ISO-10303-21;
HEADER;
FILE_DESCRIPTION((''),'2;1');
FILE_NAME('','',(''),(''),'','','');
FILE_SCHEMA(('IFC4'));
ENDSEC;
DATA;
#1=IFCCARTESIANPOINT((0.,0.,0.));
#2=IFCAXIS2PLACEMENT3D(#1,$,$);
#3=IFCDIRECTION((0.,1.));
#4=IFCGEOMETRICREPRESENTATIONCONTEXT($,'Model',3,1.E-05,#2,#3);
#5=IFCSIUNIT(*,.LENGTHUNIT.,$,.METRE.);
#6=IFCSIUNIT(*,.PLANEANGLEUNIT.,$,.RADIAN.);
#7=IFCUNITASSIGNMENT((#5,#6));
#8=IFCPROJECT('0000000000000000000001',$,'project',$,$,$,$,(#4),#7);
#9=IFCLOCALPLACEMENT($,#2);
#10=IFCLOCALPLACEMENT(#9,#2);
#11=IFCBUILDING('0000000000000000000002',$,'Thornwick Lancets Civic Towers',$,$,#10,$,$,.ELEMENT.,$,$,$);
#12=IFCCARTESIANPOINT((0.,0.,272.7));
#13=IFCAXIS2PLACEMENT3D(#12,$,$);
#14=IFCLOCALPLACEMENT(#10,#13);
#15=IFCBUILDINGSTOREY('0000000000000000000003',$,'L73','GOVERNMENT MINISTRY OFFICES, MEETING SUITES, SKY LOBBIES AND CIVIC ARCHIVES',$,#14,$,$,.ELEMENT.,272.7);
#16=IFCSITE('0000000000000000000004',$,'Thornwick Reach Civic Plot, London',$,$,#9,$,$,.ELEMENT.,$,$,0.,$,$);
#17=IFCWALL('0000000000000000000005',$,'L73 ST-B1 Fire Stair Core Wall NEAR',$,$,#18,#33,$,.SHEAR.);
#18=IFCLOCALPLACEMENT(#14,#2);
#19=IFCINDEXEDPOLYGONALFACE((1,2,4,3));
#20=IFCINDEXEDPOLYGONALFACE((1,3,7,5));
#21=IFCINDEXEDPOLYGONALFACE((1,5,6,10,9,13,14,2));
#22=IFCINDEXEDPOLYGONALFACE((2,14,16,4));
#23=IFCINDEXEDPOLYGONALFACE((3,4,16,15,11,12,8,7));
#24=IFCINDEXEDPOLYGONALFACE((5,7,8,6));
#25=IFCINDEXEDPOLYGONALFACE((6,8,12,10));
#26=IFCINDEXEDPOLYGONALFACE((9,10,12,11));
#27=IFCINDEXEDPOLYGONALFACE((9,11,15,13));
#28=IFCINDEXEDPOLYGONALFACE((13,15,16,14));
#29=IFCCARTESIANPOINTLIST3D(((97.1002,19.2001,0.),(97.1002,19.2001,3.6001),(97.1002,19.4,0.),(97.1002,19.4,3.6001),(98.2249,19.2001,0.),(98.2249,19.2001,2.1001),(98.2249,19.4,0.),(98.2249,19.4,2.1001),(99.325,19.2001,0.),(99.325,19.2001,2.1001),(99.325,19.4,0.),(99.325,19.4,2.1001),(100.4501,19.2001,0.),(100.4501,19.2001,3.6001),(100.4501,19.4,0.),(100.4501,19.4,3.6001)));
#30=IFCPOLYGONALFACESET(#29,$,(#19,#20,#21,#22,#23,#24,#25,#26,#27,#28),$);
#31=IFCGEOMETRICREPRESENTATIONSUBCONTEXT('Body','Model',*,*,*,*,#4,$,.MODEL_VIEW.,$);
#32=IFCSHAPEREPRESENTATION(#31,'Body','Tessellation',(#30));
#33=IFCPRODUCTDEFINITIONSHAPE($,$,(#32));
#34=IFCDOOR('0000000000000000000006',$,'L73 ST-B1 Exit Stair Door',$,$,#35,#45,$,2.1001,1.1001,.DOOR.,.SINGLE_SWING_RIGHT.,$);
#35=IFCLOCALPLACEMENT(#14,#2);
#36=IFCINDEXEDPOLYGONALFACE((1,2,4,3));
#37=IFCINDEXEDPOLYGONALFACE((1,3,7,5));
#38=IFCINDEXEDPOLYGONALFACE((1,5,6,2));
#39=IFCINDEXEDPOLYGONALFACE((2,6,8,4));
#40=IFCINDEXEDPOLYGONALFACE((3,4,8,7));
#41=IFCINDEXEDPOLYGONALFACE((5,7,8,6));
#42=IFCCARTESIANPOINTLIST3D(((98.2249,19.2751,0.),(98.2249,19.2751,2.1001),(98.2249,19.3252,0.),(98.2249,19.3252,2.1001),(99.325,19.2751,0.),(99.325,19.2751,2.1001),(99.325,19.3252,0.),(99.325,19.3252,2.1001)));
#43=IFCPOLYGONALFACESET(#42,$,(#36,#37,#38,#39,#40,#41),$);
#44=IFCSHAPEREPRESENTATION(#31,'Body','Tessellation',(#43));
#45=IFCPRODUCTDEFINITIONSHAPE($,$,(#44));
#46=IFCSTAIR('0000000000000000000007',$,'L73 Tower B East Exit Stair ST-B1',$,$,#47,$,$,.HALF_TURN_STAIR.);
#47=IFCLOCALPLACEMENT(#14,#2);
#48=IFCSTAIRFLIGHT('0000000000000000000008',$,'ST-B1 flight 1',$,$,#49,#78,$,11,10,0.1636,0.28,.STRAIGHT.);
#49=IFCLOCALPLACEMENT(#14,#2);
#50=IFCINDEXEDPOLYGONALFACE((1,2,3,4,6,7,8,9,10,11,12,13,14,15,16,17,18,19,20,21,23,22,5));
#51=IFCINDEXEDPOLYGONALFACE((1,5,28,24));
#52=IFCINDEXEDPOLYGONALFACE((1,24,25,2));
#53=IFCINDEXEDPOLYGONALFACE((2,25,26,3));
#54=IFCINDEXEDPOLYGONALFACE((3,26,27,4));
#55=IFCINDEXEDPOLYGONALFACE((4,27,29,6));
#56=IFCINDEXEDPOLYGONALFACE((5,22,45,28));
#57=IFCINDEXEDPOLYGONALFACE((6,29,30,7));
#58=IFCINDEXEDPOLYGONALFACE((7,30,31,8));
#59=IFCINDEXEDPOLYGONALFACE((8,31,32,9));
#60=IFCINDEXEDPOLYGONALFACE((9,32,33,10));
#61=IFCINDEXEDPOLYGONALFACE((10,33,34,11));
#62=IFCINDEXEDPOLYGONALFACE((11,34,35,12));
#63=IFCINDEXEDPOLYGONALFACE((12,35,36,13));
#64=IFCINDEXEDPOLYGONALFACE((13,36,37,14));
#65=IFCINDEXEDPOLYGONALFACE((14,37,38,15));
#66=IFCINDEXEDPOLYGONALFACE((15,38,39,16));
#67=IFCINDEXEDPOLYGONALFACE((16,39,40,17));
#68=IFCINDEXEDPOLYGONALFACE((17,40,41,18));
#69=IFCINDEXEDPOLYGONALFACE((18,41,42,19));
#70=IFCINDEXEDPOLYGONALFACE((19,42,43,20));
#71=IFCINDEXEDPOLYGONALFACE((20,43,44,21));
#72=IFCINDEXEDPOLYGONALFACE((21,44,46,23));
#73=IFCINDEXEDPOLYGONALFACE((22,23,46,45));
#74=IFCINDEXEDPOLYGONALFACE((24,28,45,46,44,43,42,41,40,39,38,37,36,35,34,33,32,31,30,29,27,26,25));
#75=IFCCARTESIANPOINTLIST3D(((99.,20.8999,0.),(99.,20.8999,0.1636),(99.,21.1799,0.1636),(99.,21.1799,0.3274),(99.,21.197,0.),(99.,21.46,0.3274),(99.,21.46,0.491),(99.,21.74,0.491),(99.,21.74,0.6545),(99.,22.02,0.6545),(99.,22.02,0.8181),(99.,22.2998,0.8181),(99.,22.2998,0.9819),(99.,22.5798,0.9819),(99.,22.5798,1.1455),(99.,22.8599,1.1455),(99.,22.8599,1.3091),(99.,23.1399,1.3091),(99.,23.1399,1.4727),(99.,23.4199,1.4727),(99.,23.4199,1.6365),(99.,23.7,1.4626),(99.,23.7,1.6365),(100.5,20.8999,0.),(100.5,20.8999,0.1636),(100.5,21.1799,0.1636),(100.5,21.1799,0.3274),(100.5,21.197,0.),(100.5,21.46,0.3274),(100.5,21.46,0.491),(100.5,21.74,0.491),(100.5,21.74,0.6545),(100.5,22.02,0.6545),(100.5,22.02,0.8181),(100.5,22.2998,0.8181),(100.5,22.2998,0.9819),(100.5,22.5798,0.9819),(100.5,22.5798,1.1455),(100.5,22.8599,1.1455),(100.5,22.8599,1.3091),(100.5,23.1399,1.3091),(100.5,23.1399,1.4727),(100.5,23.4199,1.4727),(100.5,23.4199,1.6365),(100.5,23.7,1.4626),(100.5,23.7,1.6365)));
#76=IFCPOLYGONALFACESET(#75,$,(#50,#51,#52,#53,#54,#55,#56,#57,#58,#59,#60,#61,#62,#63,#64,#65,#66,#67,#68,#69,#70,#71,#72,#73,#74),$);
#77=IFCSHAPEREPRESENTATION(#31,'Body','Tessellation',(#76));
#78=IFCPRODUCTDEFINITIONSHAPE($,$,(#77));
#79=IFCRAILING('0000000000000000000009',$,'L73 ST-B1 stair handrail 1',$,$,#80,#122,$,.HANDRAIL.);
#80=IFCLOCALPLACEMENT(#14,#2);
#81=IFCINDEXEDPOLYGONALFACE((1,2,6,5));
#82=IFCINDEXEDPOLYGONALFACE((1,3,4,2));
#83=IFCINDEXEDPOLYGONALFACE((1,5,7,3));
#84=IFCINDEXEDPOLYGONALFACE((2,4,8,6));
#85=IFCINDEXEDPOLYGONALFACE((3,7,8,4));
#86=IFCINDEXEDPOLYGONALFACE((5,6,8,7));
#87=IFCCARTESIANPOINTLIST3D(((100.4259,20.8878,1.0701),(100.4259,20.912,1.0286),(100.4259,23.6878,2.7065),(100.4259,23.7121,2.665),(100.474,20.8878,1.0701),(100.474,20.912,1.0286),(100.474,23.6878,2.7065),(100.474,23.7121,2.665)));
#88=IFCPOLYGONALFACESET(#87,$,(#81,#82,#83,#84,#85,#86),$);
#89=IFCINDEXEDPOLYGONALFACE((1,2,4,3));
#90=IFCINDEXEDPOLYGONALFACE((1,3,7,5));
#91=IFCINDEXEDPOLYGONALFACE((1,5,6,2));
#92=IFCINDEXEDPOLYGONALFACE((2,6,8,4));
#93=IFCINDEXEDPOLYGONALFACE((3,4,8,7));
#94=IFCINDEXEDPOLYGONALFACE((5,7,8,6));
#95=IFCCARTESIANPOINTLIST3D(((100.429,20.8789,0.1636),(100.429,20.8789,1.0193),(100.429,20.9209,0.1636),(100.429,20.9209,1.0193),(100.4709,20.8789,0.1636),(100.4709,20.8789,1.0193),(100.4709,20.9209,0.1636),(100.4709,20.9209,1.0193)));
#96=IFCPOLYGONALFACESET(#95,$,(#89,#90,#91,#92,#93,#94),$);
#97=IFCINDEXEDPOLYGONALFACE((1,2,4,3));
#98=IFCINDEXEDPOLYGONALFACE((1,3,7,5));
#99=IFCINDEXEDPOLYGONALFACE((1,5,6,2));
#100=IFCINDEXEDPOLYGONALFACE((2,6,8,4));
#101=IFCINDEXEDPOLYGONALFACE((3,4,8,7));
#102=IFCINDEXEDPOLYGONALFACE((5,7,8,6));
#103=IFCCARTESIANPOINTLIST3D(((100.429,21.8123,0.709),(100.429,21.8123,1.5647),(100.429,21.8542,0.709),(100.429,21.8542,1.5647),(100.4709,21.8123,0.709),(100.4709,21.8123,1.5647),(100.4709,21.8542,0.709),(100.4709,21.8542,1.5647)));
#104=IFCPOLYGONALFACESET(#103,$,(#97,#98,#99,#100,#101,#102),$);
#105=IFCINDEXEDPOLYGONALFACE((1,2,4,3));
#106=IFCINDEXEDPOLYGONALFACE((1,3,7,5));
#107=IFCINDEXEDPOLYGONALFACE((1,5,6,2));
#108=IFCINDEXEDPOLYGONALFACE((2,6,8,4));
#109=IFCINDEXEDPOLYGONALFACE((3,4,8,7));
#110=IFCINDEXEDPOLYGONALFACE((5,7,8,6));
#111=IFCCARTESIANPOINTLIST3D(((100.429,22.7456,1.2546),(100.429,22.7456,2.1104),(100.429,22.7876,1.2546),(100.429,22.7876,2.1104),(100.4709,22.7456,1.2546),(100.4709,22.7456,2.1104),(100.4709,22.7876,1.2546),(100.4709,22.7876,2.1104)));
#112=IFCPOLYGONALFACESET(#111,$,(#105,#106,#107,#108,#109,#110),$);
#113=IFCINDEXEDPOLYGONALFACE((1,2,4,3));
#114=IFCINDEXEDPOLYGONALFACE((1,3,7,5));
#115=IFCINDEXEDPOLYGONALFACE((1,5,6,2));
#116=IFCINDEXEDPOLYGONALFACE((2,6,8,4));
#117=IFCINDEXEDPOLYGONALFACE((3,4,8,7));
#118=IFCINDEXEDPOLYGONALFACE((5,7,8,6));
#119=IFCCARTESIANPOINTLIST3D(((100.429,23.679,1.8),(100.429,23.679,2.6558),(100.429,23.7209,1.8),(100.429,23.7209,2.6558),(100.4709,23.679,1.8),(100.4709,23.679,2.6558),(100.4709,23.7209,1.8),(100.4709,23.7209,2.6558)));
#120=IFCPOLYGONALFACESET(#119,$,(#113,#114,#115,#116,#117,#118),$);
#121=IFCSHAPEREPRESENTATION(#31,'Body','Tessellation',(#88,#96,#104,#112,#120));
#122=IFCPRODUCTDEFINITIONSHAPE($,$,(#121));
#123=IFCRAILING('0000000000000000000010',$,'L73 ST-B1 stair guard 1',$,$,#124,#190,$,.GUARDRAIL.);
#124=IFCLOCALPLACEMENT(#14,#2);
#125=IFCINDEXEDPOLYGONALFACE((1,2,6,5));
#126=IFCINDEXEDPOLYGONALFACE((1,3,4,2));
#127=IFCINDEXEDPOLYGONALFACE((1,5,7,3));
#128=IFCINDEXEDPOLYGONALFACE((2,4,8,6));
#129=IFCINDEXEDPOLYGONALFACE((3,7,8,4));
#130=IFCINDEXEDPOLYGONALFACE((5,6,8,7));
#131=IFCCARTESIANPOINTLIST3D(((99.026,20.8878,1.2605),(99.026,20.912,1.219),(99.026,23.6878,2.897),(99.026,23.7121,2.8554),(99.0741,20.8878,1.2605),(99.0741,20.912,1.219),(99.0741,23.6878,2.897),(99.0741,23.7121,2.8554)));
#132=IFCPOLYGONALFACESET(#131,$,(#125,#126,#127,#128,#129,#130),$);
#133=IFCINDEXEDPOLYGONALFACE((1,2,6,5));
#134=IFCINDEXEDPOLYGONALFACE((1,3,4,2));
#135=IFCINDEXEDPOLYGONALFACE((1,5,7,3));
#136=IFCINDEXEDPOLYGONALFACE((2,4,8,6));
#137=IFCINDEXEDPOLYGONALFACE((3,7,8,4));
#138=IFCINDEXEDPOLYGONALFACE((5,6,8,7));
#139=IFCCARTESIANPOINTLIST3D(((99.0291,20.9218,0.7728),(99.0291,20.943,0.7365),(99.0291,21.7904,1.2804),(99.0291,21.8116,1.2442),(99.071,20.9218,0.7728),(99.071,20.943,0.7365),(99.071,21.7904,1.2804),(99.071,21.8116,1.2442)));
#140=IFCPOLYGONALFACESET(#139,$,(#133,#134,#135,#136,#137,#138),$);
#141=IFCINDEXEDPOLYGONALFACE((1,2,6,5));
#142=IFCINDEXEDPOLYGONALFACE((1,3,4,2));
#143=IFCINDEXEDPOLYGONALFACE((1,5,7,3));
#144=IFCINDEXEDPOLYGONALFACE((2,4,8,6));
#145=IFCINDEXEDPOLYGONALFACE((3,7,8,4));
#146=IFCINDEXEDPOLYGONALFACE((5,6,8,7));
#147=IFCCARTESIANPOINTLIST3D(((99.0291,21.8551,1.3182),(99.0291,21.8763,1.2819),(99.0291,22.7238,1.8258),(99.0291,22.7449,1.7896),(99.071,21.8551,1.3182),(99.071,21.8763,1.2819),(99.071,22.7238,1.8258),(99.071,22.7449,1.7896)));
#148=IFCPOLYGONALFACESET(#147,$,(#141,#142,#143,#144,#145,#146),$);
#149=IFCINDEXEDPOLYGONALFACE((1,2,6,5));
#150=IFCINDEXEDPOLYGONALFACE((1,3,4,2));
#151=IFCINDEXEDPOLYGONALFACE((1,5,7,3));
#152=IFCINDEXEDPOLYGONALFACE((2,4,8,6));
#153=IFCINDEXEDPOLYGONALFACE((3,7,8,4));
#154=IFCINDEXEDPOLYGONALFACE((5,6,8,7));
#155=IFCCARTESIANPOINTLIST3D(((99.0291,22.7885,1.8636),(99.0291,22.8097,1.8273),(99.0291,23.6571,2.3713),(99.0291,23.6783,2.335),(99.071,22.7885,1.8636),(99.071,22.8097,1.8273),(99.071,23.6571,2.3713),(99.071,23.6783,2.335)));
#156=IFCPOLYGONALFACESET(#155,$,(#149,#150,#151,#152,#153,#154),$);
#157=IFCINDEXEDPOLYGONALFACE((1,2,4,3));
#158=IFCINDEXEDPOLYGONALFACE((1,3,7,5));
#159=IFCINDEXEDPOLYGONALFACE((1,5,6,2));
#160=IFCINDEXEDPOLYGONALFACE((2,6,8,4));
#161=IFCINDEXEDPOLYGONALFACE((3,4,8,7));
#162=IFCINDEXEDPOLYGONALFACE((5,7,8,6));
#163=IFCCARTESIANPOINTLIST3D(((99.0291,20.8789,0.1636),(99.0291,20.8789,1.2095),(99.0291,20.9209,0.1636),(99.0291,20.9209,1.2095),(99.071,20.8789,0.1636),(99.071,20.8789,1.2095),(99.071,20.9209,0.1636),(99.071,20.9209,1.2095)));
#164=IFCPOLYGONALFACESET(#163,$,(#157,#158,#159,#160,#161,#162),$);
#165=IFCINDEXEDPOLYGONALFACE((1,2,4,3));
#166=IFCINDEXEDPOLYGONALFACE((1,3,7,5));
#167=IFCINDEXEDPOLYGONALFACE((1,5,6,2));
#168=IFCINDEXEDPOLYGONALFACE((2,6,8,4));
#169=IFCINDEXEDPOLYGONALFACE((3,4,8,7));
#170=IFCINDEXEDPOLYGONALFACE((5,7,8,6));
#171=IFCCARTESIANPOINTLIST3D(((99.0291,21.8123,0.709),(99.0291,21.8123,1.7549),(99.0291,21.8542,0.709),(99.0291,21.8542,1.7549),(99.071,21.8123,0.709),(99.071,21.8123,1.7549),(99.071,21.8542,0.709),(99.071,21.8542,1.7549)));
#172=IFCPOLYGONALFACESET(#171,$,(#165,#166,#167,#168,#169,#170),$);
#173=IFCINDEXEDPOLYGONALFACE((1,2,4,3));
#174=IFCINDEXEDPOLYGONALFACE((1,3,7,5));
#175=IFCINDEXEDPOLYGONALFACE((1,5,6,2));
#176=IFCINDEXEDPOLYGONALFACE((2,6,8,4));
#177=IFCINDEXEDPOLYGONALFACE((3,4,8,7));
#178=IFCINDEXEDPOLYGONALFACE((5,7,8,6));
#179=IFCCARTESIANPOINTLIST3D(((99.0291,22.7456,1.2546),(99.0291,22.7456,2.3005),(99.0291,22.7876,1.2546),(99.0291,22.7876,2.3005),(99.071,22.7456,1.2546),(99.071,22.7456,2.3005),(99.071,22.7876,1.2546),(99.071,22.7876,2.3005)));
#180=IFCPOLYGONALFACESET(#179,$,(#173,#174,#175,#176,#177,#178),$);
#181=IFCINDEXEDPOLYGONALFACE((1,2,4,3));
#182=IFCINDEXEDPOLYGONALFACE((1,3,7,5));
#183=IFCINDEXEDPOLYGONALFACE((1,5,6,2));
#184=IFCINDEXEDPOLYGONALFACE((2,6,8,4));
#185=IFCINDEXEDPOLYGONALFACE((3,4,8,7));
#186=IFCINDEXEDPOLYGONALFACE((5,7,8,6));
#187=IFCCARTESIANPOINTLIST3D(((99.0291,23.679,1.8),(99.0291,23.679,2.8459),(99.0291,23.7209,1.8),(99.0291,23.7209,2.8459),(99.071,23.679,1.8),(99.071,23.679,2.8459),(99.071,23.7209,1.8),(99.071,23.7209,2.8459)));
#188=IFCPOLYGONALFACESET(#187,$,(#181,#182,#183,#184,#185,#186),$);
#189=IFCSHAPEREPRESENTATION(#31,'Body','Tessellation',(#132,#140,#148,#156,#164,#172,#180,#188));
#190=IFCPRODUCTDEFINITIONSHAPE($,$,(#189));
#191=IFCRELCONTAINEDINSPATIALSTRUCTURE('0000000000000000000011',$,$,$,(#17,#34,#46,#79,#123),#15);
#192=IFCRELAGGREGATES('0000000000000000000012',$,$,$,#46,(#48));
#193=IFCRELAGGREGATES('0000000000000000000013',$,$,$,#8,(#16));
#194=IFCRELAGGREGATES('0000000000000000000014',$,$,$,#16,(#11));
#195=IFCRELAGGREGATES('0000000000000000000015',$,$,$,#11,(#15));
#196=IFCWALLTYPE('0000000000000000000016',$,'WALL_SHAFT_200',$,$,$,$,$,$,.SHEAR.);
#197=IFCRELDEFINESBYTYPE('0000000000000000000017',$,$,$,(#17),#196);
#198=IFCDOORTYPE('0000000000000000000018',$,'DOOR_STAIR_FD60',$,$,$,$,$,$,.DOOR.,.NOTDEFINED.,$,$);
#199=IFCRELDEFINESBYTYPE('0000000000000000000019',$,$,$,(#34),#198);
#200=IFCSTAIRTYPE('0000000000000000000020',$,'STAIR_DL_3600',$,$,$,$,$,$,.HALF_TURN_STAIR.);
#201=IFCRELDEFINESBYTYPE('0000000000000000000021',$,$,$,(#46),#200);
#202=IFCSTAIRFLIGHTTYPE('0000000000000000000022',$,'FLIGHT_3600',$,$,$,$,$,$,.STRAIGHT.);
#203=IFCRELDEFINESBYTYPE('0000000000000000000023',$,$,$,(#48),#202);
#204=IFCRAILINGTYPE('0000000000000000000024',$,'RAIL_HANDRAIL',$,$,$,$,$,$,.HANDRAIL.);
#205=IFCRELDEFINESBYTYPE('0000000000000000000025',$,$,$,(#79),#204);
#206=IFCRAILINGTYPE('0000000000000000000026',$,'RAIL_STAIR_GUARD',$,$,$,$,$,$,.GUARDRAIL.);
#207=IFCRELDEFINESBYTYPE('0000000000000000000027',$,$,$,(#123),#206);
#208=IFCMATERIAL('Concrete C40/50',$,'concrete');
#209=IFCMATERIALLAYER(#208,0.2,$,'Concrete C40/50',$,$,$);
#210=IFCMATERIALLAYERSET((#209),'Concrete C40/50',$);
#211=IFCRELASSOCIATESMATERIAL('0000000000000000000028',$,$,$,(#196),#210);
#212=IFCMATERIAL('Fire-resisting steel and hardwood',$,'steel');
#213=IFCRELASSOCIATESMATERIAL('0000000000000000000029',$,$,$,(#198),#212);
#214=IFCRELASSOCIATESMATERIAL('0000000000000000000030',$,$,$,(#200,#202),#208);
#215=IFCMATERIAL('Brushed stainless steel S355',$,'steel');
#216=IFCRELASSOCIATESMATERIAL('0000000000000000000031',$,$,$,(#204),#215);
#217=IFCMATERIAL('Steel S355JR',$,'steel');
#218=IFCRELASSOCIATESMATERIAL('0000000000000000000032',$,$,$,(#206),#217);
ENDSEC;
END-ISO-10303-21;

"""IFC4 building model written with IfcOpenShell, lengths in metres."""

from ifc_helpers import new_model, si_unit, direction, frame, frame_2d, origin, origin_2d, place, context, subcontext, project, spatial, polyline, rectangle, outline, extrude, material, layer, layer_set, type_object, element, fill, aggregate, save


model = new_model("IFC4")

# Units and contexts
model_context = context("Model", 3, precision=1e-05, world=origin(), true_north=direction((0.0, 1.0)))
body_context = subcontext(model_context, "Body", "Model", "MODEL_VIEW")
ifc_project = project(units=[si_unit("LENGTHUNIT", "METRE"), si_unit("PLANEANGLEUNIT", "RADIAN")], contexts=[model_context])

# Site, building, storey
site_placement = place(None, origin())
site = spatial("IfcSite", under=ifc_project, at=site_placement, Name="Thornwick Reach Civic Plot, London", CompositionType="ELEMENT", RefElevation=0.0)
building_placement = place(site_placement, origin())
building = spatial("IfcBuilding", under=site, at=building_placement, Name="Thornwick Lancets Civic Towers", CompositionType="ELEMENT")
storey_placement = place(building_placement, frame((0.0, 0.0, 272.7)))
storey = spatial("IfcBuildingStorey", under=building, at=storey_placement, Name="L73", Description="GOVERNMENT MINISTRY OFFICES, MEETING SUITES, SKY LOBBIES AND CIVIC ARCHIVES", CompositionType="ELEMENT", Elevation=272.7)

# Shared definitions
ifc_material_1 = material(Name="Steel S355JR", Category="steel")
ifc_material_2 = material(Name="Concrete C40/50", Category="concrete")

# Wall, opening, door
ifc_layer_1 = layer(ifc_material_2, 0.2, Name="Concrete C40/50")
ifc_layer_set_1 = layer_set([ifc_layer_1], Name="Concrete C40/50")
wall_type_1 = type_object("IfcWallType", Name="WALL_SHAFT_200", PredefinedType="SHEAR", material=ifc_layer_set_1)
wall_1_placement = place(storey_placement, frame((100.45, 19.3, 0.0), z_axis=(0.0, 0.0, 1.0), x_axis=(-1.0, 0.0, 0.0)))
wall_1 = element("IfcWall", 1, at=wall_1_placement, inside=storey, type_object=wall_type_1, Name="L73 ST-B1 Fire Stair Core Wall NEAR", PredefinedType="SHEAR", context=body_context, shape_type="SweptSolid", body=[
    extrude(rectangle(XDim=3.3499, YDim=0.2, at=frame_2d((1.6748, 0.0))), origin(), (0.0, 0.0, 1.0), 3.6001),
])
opening_placement = place(wall_1_placement, frame((1.125, 0.0, 0.0)))
opening = element("IfcOpeningElement", 2, at=opening_placement, cuts=wall_1, PredefinedType="OPENING", context=body_context, shape_type="SweptSolid", body=[
    extrude(rectangle(XDim=1.1001, YDim=2.1001, at=frame_2d((0.55, 1.05))), frame((0.0, 0.1099, 0.0), z_axis=(0.0, -1.0, 0.0), x_axis=(1.0, 0.0, 0.0)), (0.0, 0.0, 1.0), 0.22),
])
ifc_material_3 = material(Name="Fire-resisting steel and hardwood", Category="steel")
door_type = type_object("IfcDoorType", Name="DOOR_STAIR_FD60", OperationType="NOTDEFINED", PredefinedType="DOOR", material=ifc_material_3)
door_placement = place(opening_placement, origin())
door = element("IfcDoor", 3, at=door_placement, inside=storey, type_object=door_type, Name="L73 ST-B1 Exit Stair Door", OperationType="SINGLE_SWING_RIGHT", OverallHeight=2.1001, OverallWidth=1.1001, PredefinedType="DOOR", context=body_context, shape_type="SweptSolid", body=[
    extrude(rectangle(XDim=1.1001, YDim=2.1001, at=frame_2d((0.55, 1.05))), frame((0.0, 0.0249, 0.0), z_axis=(0.0, -1.0, 0.0), x_axis=(1.0, 0.0, 0.0)), (0.0, 0.0, 1.0), 0.05),
])
fill(opening, door)

# Stair, stair flight
stair_type = type_object("IfcStairType", Name="STAIR_DL_3600", PredefinedType="HALF_TURN_STAIR", material=ifc_material_2)
stair_placement = place(storey_placement, origin())
stair = element("IfcStair", 4, at=stair_placement, inside=storey, type_object=stair_type, Name="L73 Tower B East Exit Stair ST-B1", PredefinedType="HALF_TURN_STAIR")
stair_flight_type = type_object("IfcStairFlightType", Name="FLIGHT_3600", PredefinedType="STRAIGHT", material=ifc_material_2)
stair_flight_placement = place(storey_placement, frame((99.75, 20.8999, 0.0), z_axis=(0.0, 0.0, 1.0), x_axis=(0.0, 1.0, 0.0)))
stair_flight = element("IfcStairFlight", 5, at=stair_flight_placement, type_object=stair_flight_type, Name="ST-B1 flight 1", NumberOfRisers=11, NumberOfTreads=10, PredefinedType="STRAIGHT", RiserHeight=0.1636, TreadLength=0.28, context=body_context, shape_type="SweptSolid", body=[
    extrude(outline(polyline([(0.0, 0.0), (0.0, 0.1636), (0.28, 0.1636), (0.28, 0.3274), (0.5601, 0.3274), (0.5601, 0.491), (0.8401, 0.491), (0.8401, 0.6545), (1.1201, 0.6545), (1.1201, 0.8181), (1.3999, 0.8181), (1.3999, 0.9819), (1.6799, 0.9819), (1.6799, 1.1455), (1.96, 1.1455), (1.96, 1.3091), (2.24, 1.3091), (2.24, 1.4727), (2.52, 1.4727), (2.52, 1.6365), (2.8, 1.6365), (2.8, 1.8), (2.8, 1.4626), (0.2971, 0.0), (0.0, 0.0)])), frame((0.0, 0.75, 0.0), z_axis=(0.0, -1.0, 0.0), x_axis=(1.0, 0.0, 0.0)), (0.0, 0.0, 1.0), 1.5),
])
aggregate(stair, [stair_flight])

# Railings
ifc_material_4 = material(Name="Brushed stainless steel S355", Category="steel")
railing_type_1 = type_object("IfcRailingType", Name="RAIL_HANDRAIL", PredefinedType="HANDRAIL", material=ifc_material_4)
railing_1_placement = place(storey_placement, frame((100.45, 20.8999, 0.1636)))
element("IfcRailing", 6, at=railing_1_placement, inside=storey, type_object=railing_type_1, Name="L73 ST-B1 stair handrail 1", PredefinedType="HANDRAIL", context=body_context, shape_type="SweptSolid", body=[
    extrude(rectangle(XDim=0.0481, YDim=0.0481, at=origin_2d()), frame((0.0, 0.0, 0.8857), z_axis=(0.0, 0.863361, 0.504587), x_axis=(-1.0, 0.0, 0.0)), (0.0, 0.0, 1.0), 3.2432),
    extrude(rectangle(XDim=0.042, YDim=0.042, at=origin_2d()), origin(), (0.0, 0.0, 1.0), 0.8557),
    extrude(rectangle(XDim=0.042, YDim=0.042, at=origin_2d()), frame((0.0, 0.9333, 0.5454)), (0.0, 0.0, 1.0), 0.8557),
    extrude(rectangle(XDim=0.042, YDim=0.042, at=origin_2d()), frame((0.0, 1.8667, 1.0911)), (0.0, 0.0, 1.0), 0.8557),
    extrude(rectangle(XDim=0.042, YDim=0.042, at=origin_2d()), frame((0.0, 2.8, 1.6365)), (0.0, 0.0, 1.0), 0.8557),
])
railing_type_2 = type_object("IfcRailingType", Name="RAIL_STAIR_GUARD", PredefinedType="GUARDRAIL", material=ifc_material_1)
railing_2_placement = place(storey_placement, frame((99.05, 20.8999, 0.1636)))
element("IfcRailing", 7, at=railing_2_placement, inside=storey, type_object=railing_type_2, Name="L73 ST-B1 stair guard 1", PredefinedType="GUARDRAIL", context=body_context, shape_type="SweptSolid", body=[
    extrude(rectangle(XDim=0.0481, YDim=0.0481, at=origin_2d()), frame((0.0, 0.0, 1.0762), z_axis=(0.0, 0.863361, 0.504587), x_axis=(-1.0, 0.0, 0.0)), (0.0, 0.0, 1.0), 3.2432),
    extrude(rectangle(XDim=0.042, YDim=0.042, at=origin_2d()), frame((0.0, 0.0325, 0.5911), z_axis=(0.0, 0.863361, 0.504587), x_axis=(-1.0, 0.0, 0.0)), (0.0, 0.0, 1.0), 1.0061),
    extrude(rectangle(XDim=0.042, YDim=0.042, at=origin_2d()), frame((0.0, 0.9658, 1.1365), z_axis=(0.0, 0.863361, 0.504587), x_axis=(-1.0, 0.0, 0.0)), (0.0, 0.0, 1.0), 1.0061),
    extrude(rectangle(XDim=0.042, YDim=0.042, at=origin_2d()), frame((0.0, 1.8992, 1.6819), z_axis=(0.0, 0.863361, 0.504587), x_axis=(-1.0, 0.0, 0.0)), (0.0, 0.0, 1.0), 1.0061),
    extrude(rectangle(XDim=0.042, YDim=0.042, at=origin_2d()), origin(), (0.0, 0.0, 1.0), 1.0459),
    extrude(rectangle(XDim=0.042, YDim=0.042, at=origin_2d()), frame((0.0, 0.9333, 0.5454)), (0.0, 0.0, 1.0), 1.0459),
    extrude(rectangle(XDim=0.042, YDim=0.042, at=origin_2d()), frame((0.0, 1.8667, 1.0911)), (0.0, 0.0, 1.0), 1.0459),
    extrude(rectangle(XDim=0.042, YDim=0.042, at=origin_2d()), frame((0.0, 2.8, 1.6365)), (0.0, 0.0, 1.0), 1.0459),
])

save(model, "model.ifc")
